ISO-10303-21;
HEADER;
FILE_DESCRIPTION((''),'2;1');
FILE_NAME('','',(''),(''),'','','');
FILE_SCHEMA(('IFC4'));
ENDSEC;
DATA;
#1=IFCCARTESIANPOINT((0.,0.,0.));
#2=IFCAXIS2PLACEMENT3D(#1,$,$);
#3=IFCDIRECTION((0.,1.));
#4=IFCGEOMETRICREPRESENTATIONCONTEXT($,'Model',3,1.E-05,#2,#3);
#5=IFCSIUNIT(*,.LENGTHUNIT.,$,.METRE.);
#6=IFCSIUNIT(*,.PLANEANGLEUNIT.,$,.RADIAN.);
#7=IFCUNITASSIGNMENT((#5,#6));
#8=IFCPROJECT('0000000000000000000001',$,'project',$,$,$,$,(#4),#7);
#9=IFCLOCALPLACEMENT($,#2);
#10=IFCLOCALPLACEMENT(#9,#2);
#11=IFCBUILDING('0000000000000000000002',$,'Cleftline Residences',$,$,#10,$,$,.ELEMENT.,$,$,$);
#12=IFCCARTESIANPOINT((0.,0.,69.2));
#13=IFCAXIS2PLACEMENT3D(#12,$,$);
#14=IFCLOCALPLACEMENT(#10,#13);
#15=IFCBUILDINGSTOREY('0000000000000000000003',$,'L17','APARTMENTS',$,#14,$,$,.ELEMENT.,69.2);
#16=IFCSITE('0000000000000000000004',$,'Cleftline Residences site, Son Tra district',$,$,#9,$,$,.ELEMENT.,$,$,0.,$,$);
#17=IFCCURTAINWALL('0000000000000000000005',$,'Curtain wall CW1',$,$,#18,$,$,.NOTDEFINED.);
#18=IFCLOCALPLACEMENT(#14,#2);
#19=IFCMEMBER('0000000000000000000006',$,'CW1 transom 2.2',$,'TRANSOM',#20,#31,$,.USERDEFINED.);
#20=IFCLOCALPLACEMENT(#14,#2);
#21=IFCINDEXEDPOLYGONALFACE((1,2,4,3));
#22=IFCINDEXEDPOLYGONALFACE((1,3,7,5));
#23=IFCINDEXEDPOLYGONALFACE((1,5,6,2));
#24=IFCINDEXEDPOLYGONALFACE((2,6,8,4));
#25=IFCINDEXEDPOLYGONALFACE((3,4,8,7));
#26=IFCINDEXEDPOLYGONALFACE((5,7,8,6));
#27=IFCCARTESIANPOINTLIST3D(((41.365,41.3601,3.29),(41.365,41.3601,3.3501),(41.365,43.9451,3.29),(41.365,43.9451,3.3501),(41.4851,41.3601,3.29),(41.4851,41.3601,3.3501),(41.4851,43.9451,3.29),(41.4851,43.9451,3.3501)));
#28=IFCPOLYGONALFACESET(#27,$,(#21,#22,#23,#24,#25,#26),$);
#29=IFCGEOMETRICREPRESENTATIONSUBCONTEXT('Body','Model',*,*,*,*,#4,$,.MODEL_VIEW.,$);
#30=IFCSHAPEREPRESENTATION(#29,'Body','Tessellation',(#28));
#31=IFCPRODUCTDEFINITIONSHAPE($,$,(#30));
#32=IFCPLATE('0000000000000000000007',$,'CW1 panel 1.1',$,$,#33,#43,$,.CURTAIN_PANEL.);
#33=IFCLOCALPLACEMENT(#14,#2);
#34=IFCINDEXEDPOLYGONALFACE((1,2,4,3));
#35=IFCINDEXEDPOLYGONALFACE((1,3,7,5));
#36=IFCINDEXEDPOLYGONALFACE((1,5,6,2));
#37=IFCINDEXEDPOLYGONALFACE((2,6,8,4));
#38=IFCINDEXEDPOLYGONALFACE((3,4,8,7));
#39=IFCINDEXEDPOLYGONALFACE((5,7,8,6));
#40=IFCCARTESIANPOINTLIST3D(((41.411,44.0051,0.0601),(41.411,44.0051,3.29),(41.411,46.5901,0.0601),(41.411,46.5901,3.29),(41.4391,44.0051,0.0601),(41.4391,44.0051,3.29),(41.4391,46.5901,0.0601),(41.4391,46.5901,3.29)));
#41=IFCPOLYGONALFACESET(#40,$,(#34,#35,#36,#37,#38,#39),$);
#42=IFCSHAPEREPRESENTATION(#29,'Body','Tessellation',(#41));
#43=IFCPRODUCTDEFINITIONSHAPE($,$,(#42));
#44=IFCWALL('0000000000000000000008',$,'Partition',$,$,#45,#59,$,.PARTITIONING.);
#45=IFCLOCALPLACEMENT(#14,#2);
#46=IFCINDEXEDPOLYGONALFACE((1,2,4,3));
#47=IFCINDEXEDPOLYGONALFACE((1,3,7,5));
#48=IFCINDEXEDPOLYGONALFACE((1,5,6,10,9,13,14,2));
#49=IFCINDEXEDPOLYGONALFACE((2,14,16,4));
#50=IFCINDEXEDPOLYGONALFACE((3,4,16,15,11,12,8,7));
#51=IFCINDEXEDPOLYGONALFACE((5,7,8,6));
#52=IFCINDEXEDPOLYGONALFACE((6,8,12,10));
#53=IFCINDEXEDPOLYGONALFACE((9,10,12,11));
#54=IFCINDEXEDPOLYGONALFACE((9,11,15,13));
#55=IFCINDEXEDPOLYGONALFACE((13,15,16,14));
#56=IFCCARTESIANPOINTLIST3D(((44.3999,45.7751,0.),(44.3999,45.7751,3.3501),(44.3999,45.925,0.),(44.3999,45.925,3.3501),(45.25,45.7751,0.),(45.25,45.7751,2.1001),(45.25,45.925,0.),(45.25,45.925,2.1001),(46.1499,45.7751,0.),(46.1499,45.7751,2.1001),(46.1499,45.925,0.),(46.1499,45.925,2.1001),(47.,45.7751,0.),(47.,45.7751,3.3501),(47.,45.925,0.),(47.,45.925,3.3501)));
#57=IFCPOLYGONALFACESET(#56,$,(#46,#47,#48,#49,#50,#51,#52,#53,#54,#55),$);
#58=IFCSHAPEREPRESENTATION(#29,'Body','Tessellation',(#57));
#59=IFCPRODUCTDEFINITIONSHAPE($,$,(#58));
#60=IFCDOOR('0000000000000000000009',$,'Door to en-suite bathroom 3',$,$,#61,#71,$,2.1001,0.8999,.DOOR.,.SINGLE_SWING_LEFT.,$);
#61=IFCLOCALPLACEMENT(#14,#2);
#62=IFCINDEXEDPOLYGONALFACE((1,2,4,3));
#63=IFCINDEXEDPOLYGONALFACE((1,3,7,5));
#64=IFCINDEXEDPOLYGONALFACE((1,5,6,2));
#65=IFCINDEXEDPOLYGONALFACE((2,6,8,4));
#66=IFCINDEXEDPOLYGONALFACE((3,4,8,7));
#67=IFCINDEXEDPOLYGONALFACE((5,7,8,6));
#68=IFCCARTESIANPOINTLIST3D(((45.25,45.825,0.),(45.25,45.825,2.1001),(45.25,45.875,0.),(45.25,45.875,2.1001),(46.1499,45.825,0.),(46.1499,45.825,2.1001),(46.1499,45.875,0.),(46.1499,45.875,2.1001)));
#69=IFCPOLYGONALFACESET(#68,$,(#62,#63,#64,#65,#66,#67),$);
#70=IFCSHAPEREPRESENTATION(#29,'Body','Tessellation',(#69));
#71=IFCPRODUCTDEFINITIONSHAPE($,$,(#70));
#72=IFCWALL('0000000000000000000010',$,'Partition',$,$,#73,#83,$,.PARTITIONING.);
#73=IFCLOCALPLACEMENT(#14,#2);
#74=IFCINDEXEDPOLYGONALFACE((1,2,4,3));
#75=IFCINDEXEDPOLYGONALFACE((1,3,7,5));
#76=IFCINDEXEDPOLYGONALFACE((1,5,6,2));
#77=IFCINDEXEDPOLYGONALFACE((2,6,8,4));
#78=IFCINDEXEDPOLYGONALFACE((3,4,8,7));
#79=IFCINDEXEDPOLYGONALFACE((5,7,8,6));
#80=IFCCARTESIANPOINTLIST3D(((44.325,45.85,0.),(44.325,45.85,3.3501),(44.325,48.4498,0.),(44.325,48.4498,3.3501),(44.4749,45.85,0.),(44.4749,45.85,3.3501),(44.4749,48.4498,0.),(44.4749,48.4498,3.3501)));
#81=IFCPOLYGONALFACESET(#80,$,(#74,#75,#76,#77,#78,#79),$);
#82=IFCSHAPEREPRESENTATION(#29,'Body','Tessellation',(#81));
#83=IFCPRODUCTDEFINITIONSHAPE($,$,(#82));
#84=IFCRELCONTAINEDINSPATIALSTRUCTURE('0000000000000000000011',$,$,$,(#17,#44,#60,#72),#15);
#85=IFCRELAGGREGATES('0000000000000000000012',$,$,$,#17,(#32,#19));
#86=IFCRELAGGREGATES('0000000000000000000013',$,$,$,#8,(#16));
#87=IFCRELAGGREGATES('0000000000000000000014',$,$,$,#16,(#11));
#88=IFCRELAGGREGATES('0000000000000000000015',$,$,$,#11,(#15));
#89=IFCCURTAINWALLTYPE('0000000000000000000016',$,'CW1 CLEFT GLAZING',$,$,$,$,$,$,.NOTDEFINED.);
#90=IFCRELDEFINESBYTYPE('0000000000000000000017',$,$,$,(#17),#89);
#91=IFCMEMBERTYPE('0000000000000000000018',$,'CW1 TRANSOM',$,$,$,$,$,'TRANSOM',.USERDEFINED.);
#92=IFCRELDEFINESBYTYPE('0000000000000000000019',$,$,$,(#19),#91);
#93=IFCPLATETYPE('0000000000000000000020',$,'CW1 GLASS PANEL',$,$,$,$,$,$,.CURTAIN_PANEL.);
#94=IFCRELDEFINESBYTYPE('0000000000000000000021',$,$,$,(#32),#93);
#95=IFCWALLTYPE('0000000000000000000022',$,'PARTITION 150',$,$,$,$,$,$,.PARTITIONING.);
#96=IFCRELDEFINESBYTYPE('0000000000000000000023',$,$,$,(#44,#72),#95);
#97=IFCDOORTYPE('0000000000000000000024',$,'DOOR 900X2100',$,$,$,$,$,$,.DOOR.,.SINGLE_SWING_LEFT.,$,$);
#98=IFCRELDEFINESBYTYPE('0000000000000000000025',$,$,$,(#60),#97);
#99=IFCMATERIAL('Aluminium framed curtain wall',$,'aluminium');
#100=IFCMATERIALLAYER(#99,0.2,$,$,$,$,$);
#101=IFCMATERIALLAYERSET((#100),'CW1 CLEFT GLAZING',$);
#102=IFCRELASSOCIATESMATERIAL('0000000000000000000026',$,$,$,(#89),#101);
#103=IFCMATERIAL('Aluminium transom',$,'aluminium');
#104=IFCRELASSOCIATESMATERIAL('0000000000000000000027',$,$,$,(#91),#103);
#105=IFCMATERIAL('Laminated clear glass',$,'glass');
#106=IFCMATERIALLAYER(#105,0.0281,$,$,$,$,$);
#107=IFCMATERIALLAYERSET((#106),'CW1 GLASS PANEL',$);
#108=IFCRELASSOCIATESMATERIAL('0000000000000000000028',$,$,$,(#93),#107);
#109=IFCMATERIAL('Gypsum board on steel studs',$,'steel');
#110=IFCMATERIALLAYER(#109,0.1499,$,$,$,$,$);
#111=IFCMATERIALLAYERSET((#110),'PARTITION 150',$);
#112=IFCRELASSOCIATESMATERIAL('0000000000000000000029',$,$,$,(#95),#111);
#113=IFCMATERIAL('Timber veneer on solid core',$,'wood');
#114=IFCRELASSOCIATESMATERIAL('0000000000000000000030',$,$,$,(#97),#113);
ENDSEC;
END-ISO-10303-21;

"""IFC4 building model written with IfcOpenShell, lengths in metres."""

from ifc_helpers import new_model, si_unit, direction, frame, frame_2d, origin, origin_2d, place, context, subcontext, project, spatial, rectangle, extrude, material, layer, layer_set, material_profile, profile_set, type_object, element, fill, aggregate, save


model = new_model("IFC4")

# Units and contexts
model_context = context("Model", 3, precision=1e-05, world=origin(), true_north=direction((0.0, 1.0)))
body_context = subcontext(model_context, "Body", "Model", "MODEL_VIEW")
ifc_project = project(units=[si_unit("LENGTHUNIT", "METRE"), si_unit("PLANEANGLEUNIT", "RADIAN")], contexts=[model_context])

# Site, building, storey
site_placement = place(None, origin())
site = spatial("IfcSite", under=ifc_project, at=site_placement, Name="Cleftline Residences site, Son Tra district", CompositionType="ELEMENT", RefElevation=0.0)
building_placement = place(site_placement, origin())
building = spatial("IfcBuilding", under=site, at=building_placement, Name="Cleftline Residences", CompositionType="ELEMENT")
storey_placement = place(building_placement, frame((0.0, 0.0, 69.2)))
storey = spatial("IfcBuildingStorey", under=building, at=storey_placement, Name="L17", Description="APARTMENTS", CompositionType="ELEMENT", Elevation=69.2)

# Curtain wall, member, plate
ifc_material_1 = material(Name="Aluminium framed curtain wall", Category="aluminium")
ifc_layer_1 = layer(ifc_material_1, 0.2)
ifc_layer_set_1 = layer_set([ifc_layer_1], Name="CW1 CLEFT GLAZING")
curtain_wall_type = type_object("IfcCurtainWallType", Name="CW1 CLEFT GLAZING", PredefinedType="NOTDEFINED", material=ifc_layer_set_1)
curtain_wall_placement = place(storey_placement, origin())
curtain_wall = element("IfcCurtainWall", 1, at=curtain_wall_placement, inside=storey, type_object=curtain_wall_type, Name="Curtain wall CW1", PredefinedType="NOTDEFINED")
ifc_material_2 = material(Name="Aluminium transom", Category="aluminium")
ifc_material_profile_1 = material_profile(ifc_material_2, rectangle(XDim=0.1201, YDim=0.0601, at=origin_2d()))
ifc_profile_set_1 = profile_set([ifc_material_profile_1], Name="Aluminium transom")
member_type_1 = type_object("IfcMemberType", Name="CW1 TRANSOM", ElementType="TRANSOM", PredefinedType="USERDEFINED", material=ifc_profile_set_1)
member_1_placement = place(storey_placement, frame((41.425, 43.9451, 3.3201), z_axis=(0.0, -1.0, 0.0), x_axis=(1.0, 0.0, 0.0)))
member_1 = element("IfcMember", 2, at=member_1_placement, type_object=member_type_1, Name="CW1 transom 2.2", ObjectType="TRANSOM", PredefinedType="USERDEFINED", context=body_context, shape_type="SweptSolid", body=[
    extrude(rectangle(XDim=0.1201, YDim=0.0601, at=origin_2d()), origin(), (0.0, 0.0, 1.0), 2.585),
])
ifc_material_3 = material(Name="Laminated clear glass", Category="glass")
ifc_layer_2 = layer(ifc_material_3, 0.0281)
ifc_layer_set_2 = layer_set([ifc_layer_2], Name="CW1 GLASS PANEL")
plate_type = type_object("IfcPlateType", Name="CW1 GLASS PANEL", PredefinedType="CURTAIN_PANEL", material=ifc_layer_set_2)
plate_placement = place(storey_placement, frame((41.425, 45.2976, 0.0601), z_axis=(0.0, 0.0, 1.0), x_axis=(0.0, -1.0, 0.0)))
plate = element("IfcPlate", 3, at=plate_placement, type_object=plate_type, Name="CW1 panel 1.1", PredefinedType="CURTAIN_PANEL", context=body_context, shape_type="SweptSolid", body=[
    extrude(rectangle(XDim=2.585, YDim=0.0281, at=origin_2d()), origin(), (0.0, 0.0, 1.0), 3.23),
])
aggregate(curtain_wall, [plate, member_1])

# Wall, opening, door
ifc_material_4 = material(Name="Gypsum board on steel studs", Category="steel")
ifc_layer_3 = layer(ifc_material_4, 0.1499)
ifc_layer_set_3 = layer_set([ifc_layer_3], Name="PARTITION 150")
wall_type = type_object("IfcWallType", Name="PARTITION 150", PredefinedType="PARTITIONING", material=ifc_layer_set_3)
wall_1_placement = place(storey_placement, frame((44.3999, 45.8501, 0.0), z_axis=(0.0, 0.0, 1.0), x_axis=(1.0, 0.0, 0.0)))
wall_1 = element("IfcWall", 4, at=wall_1_placement, inside=storey, type_object=wall_type, Name="Partition", PredefinedType="PARTITIONING", context=body_context, shape_type="SweptSolid", body=[
    extrude(rectangle(XDim=2.6001, YDim=0.1499, at=frame_2d((1.3, 0.0))), origin(), (0.0, 0.0, 1.0), 3.3501),
])
opening_placement = place(wall_1_placement, frame((0.8501, 0.0, 0.0)))
opening = element("IfcOpeningElement", 5, at=opening_placement, cuts=wall_1, PredefinedType="OPENING", context=body_context, shape_type="SweptSolid", body=[
    extrude(rectangle(XDim=0.8999, YDim=2.1001, at=frame_2d((0.45, 1.05))), frame((0.0, 0.085, 0.0), z_axis=(0.0, -1.0, 0.0), x_axis=(1.0, 0.0, 0.0)), (0.0, 0.0, 1.0), 0.1699),
])
ifc_material_5 = material(Name="Timber veneer on solid core", Category="wood")
door_type = type_object("IfcDoorType", Name="DOOR 900X2100", OperationType="SINGLE_SWING_LEFT", PredefinedType="DOOR", material=ifc_material_5)
door_placement = place(opening_placement, origin())
door = element("IfcDoor", 6, at=door_placement, inside=storey, type_object=door_type, Name="Door to en-suite bathroom 3", OperationType="SINGLE_SWING_LEFT", OverallHeight=2.1001, OverallWidth=0.8999, PredefinedType="DOOR", context=body_context, shape_type="SweptSolid", body=[
    extrude(rectangle(XDim=0.8999, YDim=2.1001, at=frame_2d((0.45, 1.05))), frame((0.0, 0.0249, 0.0), z_axis=(0.0, -1.0, 0.0), x_axis=(1.0, 0.0, 0.0)), (0.0, 0.0, 1.0), 0.05),
])
fill(opening, door)

# Wall
wall_2_placement = place(storey_placement, frame((44.3999, 45.8501, 0.0), z_axis=(0.0, 0.0, 1.0), x_axis=(0.0, 1.0, 0.0)))
element("IfcWall", 7, at=wall_2_placement, inside=storey, type_object=wall_type, Name="Partition", PredefinedType="PARTITIONING", context=body_context, shape_type="SweptSolid", body=[
    extrude(rectangle(XDim=2.5999, YDim=0.1499, at=frame_2d((1.2998, 0.0))), origin(), (0.0, 0.0, 1.0), 3.3501),
])

save(model, "model.ifc")
